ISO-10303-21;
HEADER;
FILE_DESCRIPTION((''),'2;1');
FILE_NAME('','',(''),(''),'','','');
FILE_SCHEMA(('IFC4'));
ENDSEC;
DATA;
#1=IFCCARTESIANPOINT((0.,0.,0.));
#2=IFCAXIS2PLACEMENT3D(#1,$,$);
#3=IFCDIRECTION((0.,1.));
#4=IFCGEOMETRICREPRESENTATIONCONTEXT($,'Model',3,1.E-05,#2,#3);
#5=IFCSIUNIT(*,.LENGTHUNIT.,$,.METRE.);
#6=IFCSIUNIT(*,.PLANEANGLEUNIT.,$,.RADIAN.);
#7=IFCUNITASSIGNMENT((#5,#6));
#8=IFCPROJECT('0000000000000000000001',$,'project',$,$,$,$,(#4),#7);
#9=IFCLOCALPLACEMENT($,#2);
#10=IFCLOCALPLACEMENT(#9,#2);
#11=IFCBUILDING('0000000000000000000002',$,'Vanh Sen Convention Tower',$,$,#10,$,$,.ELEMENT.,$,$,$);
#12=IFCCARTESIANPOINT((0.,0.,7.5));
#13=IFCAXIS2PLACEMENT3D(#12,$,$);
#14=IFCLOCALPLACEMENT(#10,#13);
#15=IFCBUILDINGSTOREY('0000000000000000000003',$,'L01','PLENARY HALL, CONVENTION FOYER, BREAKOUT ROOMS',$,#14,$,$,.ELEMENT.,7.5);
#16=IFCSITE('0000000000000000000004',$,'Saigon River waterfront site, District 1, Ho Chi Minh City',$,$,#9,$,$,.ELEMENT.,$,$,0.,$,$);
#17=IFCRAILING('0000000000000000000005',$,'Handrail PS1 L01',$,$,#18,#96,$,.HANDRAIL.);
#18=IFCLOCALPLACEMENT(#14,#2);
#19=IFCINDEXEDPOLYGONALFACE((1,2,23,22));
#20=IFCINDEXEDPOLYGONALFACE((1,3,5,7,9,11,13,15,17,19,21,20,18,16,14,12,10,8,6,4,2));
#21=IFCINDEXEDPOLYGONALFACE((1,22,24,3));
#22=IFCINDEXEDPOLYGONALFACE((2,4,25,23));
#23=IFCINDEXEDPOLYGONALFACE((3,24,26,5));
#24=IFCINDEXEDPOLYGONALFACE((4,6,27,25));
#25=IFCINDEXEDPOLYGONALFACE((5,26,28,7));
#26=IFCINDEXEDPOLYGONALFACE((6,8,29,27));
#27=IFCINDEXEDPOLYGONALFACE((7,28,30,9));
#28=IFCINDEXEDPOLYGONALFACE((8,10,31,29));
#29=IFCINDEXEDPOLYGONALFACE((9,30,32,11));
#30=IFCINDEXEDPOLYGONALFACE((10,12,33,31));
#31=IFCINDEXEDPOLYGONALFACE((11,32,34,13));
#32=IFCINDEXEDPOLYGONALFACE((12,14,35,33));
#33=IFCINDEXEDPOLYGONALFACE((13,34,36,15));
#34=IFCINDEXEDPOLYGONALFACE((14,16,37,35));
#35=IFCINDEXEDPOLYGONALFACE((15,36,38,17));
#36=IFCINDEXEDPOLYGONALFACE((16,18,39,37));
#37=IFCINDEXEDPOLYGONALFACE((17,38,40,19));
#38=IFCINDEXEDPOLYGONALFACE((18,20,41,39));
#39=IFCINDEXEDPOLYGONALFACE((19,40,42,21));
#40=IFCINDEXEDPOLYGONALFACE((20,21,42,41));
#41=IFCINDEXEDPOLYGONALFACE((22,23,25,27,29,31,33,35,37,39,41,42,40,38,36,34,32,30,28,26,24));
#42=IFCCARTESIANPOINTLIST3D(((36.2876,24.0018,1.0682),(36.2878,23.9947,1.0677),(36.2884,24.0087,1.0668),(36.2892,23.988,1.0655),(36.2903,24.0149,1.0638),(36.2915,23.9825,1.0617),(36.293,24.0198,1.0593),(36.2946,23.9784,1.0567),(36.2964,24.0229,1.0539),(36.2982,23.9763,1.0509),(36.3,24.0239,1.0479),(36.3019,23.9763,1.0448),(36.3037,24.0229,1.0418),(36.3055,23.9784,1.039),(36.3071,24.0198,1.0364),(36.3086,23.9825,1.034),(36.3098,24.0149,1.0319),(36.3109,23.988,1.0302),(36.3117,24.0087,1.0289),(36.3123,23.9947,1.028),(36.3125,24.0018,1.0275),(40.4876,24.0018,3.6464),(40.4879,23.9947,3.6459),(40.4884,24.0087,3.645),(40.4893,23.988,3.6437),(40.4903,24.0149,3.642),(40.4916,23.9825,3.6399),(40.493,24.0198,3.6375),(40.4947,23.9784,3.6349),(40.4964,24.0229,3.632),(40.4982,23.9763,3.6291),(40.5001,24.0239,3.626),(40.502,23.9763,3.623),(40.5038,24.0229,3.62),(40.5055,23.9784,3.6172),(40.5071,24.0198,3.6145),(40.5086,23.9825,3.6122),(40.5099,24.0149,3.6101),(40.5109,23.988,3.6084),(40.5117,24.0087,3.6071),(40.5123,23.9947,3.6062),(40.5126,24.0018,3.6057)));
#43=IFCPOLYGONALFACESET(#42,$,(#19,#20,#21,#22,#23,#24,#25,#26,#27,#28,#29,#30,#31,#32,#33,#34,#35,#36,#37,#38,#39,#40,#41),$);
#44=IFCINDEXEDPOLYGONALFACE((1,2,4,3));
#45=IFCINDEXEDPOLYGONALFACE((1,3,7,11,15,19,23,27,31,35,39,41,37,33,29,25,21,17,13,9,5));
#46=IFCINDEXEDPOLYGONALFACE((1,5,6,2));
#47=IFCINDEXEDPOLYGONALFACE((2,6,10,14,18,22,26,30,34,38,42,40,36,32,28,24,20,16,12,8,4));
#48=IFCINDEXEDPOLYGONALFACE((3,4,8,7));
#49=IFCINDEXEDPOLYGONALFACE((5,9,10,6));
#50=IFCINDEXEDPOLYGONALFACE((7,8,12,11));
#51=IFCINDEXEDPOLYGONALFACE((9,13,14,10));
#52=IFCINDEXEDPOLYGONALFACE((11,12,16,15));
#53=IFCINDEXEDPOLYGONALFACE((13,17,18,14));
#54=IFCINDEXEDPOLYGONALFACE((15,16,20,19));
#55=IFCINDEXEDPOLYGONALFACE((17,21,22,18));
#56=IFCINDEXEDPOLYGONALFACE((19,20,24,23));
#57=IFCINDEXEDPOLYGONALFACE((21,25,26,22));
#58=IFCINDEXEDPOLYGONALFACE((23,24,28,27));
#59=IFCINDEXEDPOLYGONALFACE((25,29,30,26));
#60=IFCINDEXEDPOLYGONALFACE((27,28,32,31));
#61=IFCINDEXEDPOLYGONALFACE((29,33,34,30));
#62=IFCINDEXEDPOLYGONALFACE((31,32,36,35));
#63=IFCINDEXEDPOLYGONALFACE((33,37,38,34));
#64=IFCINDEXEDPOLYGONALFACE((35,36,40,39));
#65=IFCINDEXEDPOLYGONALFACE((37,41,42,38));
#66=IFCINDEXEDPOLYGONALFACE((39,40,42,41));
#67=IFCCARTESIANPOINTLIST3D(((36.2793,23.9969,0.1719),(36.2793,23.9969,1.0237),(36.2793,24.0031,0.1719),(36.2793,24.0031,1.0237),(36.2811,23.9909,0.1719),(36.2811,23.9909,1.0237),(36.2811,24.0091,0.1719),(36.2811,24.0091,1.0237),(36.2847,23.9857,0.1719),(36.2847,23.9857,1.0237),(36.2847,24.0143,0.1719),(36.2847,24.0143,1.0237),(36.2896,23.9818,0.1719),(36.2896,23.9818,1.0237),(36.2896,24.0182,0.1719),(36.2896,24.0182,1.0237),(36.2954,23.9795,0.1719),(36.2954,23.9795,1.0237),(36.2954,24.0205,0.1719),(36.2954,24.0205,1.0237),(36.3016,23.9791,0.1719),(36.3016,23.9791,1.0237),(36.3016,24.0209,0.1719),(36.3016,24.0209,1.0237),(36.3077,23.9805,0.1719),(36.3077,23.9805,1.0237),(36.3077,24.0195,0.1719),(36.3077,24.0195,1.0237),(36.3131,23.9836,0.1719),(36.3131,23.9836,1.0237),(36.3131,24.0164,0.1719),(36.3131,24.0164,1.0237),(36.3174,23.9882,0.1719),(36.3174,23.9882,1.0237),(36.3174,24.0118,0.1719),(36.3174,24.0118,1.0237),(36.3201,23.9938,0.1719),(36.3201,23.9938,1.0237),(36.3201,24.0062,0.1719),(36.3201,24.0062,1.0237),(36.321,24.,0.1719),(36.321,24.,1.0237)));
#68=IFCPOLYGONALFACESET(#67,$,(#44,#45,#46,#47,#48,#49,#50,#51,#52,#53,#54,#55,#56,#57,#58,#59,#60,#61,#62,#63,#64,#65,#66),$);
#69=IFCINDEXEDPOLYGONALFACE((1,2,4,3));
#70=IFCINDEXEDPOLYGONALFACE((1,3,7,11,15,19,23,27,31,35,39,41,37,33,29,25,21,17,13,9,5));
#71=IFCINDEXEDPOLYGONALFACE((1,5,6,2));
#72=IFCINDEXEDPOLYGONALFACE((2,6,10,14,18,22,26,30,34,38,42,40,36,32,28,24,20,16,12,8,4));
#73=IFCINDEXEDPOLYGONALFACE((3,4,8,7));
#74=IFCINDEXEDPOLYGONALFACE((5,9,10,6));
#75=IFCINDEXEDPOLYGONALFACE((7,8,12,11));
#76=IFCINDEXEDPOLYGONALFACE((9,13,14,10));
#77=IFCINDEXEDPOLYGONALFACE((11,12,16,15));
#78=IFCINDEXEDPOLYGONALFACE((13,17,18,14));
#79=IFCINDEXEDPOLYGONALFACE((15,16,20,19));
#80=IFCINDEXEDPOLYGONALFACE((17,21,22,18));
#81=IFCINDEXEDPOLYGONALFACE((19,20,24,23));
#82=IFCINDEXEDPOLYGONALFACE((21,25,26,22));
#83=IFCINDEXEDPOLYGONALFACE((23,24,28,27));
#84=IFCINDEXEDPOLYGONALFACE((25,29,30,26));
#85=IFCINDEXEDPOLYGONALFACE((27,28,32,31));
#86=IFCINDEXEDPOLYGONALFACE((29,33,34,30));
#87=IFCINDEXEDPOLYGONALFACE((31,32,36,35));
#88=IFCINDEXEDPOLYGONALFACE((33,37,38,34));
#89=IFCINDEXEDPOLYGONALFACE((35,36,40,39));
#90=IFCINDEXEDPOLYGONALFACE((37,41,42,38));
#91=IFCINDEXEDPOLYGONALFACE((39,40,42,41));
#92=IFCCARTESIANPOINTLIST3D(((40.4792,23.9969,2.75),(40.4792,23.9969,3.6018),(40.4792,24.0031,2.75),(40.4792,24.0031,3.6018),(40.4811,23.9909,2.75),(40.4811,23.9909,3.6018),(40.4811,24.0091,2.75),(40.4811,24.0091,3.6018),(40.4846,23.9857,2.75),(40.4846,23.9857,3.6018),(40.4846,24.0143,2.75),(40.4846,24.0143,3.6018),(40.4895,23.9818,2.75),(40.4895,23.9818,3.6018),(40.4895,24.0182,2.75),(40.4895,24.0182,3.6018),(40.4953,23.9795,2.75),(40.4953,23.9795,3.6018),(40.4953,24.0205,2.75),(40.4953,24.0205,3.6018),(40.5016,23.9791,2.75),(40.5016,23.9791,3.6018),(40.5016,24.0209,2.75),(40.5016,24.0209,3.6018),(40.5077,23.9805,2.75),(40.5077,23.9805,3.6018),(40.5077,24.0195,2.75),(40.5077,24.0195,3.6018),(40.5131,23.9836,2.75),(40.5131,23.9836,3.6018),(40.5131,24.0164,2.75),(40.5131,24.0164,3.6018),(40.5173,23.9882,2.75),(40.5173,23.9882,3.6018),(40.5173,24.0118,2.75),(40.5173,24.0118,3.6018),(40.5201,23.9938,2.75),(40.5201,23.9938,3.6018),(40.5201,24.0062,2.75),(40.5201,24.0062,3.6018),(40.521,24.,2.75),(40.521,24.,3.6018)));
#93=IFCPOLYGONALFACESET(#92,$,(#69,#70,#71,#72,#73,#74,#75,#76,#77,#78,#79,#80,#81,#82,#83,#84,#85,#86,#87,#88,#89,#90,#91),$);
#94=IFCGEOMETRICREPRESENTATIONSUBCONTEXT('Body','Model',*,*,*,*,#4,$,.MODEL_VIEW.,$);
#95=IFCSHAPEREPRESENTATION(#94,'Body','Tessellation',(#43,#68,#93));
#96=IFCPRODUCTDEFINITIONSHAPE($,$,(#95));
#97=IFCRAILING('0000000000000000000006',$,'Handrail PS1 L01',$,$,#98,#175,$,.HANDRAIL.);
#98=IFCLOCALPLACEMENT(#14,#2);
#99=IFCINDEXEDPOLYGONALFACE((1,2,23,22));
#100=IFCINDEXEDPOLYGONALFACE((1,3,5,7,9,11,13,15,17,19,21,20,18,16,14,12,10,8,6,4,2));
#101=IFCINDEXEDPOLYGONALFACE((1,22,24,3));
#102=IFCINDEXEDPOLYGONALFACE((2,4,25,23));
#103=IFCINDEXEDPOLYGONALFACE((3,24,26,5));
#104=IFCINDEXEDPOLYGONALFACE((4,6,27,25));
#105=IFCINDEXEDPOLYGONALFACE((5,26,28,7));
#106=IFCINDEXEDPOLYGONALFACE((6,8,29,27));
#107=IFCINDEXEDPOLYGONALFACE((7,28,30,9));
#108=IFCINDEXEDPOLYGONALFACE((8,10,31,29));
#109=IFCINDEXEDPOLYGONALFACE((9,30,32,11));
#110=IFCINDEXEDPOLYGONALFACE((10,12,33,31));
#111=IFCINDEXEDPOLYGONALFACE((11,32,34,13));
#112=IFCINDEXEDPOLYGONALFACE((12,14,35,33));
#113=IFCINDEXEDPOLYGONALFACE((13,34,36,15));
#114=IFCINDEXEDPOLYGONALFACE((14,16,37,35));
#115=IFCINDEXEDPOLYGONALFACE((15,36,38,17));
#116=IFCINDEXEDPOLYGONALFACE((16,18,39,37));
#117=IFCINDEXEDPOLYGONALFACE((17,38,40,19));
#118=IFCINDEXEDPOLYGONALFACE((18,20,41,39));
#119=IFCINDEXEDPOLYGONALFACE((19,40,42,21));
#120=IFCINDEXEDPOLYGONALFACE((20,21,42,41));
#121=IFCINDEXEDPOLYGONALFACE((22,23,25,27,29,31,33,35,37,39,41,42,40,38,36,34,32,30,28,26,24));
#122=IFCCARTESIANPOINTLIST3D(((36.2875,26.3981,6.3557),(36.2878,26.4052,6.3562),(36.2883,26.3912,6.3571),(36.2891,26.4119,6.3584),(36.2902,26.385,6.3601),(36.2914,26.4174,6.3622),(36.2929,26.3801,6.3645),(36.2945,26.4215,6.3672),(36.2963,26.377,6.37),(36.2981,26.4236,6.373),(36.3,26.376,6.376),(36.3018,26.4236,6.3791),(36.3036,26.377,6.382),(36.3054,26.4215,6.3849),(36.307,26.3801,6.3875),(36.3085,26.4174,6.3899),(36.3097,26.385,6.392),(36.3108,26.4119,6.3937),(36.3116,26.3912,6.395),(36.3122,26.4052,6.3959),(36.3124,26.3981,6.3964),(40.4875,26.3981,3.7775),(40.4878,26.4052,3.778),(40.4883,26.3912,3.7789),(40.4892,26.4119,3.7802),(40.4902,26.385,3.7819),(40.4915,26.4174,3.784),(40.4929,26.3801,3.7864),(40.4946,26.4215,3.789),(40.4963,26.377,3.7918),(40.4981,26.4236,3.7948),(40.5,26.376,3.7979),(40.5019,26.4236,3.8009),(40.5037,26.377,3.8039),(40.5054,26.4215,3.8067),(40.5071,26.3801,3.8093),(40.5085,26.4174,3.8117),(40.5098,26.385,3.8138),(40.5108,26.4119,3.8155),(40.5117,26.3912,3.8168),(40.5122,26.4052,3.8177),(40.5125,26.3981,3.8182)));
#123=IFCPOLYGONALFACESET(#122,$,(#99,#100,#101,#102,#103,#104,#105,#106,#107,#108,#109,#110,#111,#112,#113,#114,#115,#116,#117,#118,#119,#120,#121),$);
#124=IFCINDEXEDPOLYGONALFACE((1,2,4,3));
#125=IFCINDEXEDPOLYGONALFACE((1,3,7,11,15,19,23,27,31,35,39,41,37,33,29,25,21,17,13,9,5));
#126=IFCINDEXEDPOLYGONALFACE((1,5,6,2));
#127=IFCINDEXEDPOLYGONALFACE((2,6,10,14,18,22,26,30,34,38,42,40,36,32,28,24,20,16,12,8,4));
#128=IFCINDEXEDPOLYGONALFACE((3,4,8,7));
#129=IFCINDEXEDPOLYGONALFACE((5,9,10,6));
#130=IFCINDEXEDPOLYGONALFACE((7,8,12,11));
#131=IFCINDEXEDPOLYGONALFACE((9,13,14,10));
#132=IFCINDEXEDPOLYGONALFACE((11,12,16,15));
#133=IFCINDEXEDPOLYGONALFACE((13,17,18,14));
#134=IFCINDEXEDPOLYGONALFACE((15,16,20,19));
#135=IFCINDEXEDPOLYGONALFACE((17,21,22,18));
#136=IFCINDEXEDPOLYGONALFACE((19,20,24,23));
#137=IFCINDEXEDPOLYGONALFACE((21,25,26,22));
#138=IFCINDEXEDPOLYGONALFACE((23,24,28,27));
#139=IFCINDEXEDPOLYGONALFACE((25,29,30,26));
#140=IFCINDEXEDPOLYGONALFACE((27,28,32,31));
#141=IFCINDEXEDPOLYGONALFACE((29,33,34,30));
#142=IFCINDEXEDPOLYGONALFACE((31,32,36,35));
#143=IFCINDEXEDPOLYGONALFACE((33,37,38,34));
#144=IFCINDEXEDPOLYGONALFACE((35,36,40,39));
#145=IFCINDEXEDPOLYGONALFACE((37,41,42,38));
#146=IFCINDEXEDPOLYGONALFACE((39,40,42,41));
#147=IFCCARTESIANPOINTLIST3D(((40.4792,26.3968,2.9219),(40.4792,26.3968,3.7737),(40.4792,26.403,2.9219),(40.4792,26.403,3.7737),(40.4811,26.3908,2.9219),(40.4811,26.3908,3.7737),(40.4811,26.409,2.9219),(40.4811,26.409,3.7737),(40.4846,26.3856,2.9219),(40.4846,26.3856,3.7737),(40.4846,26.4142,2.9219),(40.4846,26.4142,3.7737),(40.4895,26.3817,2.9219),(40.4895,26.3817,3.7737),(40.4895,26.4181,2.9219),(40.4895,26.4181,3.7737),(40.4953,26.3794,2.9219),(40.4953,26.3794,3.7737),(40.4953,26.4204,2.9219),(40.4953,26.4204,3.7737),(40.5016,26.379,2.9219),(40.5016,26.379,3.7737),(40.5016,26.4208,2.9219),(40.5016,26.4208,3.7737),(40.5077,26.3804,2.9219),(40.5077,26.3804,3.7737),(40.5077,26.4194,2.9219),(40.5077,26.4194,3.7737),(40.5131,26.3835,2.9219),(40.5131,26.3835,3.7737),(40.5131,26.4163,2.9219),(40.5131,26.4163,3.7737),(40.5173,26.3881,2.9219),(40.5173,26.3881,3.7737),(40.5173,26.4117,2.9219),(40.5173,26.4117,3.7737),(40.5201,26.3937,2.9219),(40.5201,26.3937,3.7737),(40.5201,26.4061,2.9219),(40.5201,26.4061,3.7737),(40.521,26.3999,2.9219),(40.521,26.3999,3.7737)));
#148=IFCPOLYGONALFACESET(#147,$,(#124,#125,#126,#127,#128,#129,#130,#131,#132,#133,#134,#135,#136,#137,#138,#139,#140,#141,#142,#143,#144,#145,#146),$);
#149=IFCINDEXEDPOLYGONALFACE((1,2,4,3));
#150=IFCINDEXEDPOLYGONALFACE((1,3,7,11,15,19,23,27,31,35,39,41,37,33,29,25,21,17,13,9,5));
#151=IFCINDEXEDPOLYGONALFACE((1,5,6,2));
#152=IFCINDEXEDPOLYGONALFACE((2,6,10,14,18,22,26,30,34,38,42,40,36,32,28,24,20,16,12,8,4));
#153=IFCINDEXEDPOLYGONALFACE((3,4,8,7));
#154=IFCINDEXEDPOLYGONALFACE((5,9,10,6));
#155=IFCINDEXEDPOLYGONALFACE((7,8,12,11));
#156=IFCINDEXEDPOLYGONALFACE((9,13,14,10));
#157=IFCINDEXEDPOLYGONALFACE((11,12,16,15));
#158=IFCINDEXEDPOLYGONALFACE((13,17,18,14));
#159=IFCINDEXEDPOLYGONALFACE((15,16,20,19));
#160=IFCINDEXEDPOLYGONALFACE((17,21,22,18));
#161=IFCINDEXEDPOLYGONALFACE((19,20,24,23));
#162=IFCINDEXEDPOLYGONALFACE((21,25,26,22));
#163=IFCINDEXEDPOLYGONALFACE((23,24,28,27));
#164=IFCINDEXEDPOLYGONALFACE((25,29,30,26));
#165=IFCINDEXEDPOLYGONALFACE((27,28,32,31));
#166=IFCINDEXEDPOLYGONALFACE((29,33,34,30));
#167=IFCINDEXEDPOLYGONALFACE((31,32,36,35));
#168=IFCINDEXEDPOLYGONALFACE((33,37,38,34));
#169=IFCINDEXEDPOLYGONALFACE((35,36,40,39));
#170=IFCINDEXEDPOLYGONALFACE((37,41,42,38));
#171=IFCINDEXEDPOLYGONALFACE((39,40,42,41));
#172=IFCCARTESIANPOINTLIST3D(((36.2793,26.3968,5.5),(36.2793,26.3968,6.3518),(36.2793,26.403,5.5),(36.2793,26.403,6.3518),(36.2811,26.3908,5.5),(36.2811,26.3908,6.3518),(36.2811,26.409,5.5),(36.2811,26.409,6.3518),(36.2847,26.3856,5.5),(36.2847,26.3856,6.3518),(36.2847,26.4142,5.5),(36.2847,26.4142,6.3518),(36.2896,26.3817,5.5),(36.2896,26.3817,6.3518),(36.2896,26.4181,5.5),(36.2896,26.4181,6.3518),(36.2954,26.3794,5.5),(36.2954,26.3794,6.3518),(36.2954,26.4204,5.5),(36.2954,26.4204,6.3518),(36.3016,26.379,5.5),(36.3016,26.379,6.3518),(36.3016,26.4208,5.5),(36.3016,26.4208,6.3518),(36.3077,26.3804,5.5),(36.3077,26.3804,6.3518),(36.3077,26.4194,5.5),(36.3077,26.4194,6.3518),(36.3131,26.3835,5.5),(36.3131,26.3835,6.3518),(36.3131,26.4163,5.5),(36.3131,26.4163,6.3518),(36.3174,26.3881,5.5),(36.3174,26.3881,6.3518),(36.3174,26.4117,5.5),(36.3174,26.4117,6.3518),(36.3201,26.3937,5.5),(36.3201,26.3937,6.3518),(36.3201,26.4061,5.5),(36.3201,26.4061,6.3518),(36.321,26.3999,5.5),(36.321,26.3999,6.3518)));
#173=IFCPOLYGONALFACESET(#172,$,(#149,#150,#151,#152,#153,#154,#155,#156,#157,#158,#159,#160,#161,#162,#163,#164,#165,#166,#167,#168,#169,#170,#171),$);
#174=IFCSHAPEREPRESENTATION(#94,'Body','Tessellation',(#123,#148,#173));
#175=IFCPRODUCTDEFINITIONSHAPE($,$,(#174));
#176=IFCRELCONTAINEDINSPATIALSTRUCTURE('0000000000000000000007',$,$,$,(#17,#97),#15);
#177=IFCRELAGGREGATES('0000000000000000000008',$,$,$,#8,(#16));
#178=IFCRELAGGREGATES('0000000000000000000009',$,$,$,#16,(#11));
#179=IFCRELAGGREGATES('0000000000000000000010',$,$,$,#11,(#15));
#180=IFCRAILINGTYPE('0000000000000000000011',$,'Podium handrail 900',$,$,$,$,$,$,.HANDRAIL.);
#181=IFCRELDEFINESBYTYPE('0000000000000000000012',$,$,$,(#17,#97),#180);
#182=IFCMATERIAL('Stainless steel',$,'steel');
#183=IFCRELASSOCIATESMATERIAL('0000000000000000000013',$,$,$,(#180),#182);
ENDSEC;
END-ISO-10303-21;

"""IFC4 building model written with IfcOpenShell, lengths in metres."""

from ifc_helpers import new_model, si_unit, direction, frame, origin, origin_2d, place, context, subcontext, project, spatial, circle, extrude, material, type_object, element, save


model = new_model("IFC4")

# Units and contexts
model_context = context("Model", 3, precision=1e-05, world=origin(), true_north=direction((0.0, 1.0)))
body_context = subcontext(model_context, "Body", "Model", "MODEL_VIEW")
ifc_project = project(units=[si_unit("LENGTHUNIT", "METRE"), si_unit("PLANEANGLEUNIT", "RADIAN")], contexts=[model_context])

# Site, building, storey
site_placement = place(None, origin())
site = spatial("IfcSite", under=ifc_project, at=site_placement, Name="Saigon River waterfront site, District 1, Ho Chi Minh City", CompositionType="ELEMENT", RefElevation=0.0)
building_placement = place(site_placement, origin())
building = spatial("IfcBuilding", under=site, at=building_placement, Name="Vanh Sen Convention Tower", CompositionType="ELEMENT")
storey_placement = place(building_placement, frame((0.0, 0.0, 7.5)))
storey = spatial("IfcBuildingStorey", under=building, at=storey_placement, Name="L01", Description="PLENARY HALL, CONVENTION FOYER, BREAKOUT ROOMS", CompositionType="ELEMENT", Elevation=7.5)

# Railings
ifc_material_1 = material(Name="Stainless steel", Category="steel")
railing_type = type_object("IfcRailingType", Name="Podium handrail 900", PredefinedType="HANDRAIL", material=ifc_material_1)
for number, where, name in (
    (1, (36.3, 24.0, 0.1719), "Handrail PS1 L01"),
):
    element("IfcRailing", number, at=place(storey_placement, frame(where)), inside=storey, type_object=railing_type, Name=name, PredefinedType="HANDRAIL", context=body_context, shape_type="SweptSolid", body=[
        extrude(circle(Radius=0.0239, at=origin_2d()), frame((0.0, 0.0, 0.876), z_axis=(0.852243, 0.0, 0.523146), x_axis=(0.0, 1.0, 0.0)), (0.0, 0.0, 1.0), 4.9282),
        extrude(circle(Radius=0.021, at=origin_2d()), origin(), (0.0, 0.0, 1.0), 0.8518),
        extrude(circle(Radius=0.021, at=origin_2d()), frame((4.2, 0.0, 2.5781)), (0.0, 0.0, 1.0), 0.8518),
    ])
for number, where, name in (
    (2, (40.5, 26.3999, 2.9219), "Handrail PS1 L01"),
):
    element("IfcRailing", number, at=place(storey_placement, frame(where)), inside=storey, type_object=railing_type, Name=name, PredefinedType="HANDRAIL", context=body_context, shape_type="SweptSolid", body=[
        extrude(circle(Radius=0.0239, at=origin_2d()), frame((0.0, 0.0, 0.876), z_axis=(-0.852243, 0.0, 0.523146), x_axis=(0.0, -1.0, 0.0)), (0.0, 0.0, 1.0), 4.9282),
        extrude(circle(Radius=0.021, at=origin_2d()), origin(), (0.0, 0.0, 1.0), 0.8518),
        extrude(circle(Radius=0.021, at=origin_2d()), frame((-4.2, 0.0, 2.5781)), (0.0, 0.0, 1.0), 0.8518),
    ])

save(model, "model.ifc")
